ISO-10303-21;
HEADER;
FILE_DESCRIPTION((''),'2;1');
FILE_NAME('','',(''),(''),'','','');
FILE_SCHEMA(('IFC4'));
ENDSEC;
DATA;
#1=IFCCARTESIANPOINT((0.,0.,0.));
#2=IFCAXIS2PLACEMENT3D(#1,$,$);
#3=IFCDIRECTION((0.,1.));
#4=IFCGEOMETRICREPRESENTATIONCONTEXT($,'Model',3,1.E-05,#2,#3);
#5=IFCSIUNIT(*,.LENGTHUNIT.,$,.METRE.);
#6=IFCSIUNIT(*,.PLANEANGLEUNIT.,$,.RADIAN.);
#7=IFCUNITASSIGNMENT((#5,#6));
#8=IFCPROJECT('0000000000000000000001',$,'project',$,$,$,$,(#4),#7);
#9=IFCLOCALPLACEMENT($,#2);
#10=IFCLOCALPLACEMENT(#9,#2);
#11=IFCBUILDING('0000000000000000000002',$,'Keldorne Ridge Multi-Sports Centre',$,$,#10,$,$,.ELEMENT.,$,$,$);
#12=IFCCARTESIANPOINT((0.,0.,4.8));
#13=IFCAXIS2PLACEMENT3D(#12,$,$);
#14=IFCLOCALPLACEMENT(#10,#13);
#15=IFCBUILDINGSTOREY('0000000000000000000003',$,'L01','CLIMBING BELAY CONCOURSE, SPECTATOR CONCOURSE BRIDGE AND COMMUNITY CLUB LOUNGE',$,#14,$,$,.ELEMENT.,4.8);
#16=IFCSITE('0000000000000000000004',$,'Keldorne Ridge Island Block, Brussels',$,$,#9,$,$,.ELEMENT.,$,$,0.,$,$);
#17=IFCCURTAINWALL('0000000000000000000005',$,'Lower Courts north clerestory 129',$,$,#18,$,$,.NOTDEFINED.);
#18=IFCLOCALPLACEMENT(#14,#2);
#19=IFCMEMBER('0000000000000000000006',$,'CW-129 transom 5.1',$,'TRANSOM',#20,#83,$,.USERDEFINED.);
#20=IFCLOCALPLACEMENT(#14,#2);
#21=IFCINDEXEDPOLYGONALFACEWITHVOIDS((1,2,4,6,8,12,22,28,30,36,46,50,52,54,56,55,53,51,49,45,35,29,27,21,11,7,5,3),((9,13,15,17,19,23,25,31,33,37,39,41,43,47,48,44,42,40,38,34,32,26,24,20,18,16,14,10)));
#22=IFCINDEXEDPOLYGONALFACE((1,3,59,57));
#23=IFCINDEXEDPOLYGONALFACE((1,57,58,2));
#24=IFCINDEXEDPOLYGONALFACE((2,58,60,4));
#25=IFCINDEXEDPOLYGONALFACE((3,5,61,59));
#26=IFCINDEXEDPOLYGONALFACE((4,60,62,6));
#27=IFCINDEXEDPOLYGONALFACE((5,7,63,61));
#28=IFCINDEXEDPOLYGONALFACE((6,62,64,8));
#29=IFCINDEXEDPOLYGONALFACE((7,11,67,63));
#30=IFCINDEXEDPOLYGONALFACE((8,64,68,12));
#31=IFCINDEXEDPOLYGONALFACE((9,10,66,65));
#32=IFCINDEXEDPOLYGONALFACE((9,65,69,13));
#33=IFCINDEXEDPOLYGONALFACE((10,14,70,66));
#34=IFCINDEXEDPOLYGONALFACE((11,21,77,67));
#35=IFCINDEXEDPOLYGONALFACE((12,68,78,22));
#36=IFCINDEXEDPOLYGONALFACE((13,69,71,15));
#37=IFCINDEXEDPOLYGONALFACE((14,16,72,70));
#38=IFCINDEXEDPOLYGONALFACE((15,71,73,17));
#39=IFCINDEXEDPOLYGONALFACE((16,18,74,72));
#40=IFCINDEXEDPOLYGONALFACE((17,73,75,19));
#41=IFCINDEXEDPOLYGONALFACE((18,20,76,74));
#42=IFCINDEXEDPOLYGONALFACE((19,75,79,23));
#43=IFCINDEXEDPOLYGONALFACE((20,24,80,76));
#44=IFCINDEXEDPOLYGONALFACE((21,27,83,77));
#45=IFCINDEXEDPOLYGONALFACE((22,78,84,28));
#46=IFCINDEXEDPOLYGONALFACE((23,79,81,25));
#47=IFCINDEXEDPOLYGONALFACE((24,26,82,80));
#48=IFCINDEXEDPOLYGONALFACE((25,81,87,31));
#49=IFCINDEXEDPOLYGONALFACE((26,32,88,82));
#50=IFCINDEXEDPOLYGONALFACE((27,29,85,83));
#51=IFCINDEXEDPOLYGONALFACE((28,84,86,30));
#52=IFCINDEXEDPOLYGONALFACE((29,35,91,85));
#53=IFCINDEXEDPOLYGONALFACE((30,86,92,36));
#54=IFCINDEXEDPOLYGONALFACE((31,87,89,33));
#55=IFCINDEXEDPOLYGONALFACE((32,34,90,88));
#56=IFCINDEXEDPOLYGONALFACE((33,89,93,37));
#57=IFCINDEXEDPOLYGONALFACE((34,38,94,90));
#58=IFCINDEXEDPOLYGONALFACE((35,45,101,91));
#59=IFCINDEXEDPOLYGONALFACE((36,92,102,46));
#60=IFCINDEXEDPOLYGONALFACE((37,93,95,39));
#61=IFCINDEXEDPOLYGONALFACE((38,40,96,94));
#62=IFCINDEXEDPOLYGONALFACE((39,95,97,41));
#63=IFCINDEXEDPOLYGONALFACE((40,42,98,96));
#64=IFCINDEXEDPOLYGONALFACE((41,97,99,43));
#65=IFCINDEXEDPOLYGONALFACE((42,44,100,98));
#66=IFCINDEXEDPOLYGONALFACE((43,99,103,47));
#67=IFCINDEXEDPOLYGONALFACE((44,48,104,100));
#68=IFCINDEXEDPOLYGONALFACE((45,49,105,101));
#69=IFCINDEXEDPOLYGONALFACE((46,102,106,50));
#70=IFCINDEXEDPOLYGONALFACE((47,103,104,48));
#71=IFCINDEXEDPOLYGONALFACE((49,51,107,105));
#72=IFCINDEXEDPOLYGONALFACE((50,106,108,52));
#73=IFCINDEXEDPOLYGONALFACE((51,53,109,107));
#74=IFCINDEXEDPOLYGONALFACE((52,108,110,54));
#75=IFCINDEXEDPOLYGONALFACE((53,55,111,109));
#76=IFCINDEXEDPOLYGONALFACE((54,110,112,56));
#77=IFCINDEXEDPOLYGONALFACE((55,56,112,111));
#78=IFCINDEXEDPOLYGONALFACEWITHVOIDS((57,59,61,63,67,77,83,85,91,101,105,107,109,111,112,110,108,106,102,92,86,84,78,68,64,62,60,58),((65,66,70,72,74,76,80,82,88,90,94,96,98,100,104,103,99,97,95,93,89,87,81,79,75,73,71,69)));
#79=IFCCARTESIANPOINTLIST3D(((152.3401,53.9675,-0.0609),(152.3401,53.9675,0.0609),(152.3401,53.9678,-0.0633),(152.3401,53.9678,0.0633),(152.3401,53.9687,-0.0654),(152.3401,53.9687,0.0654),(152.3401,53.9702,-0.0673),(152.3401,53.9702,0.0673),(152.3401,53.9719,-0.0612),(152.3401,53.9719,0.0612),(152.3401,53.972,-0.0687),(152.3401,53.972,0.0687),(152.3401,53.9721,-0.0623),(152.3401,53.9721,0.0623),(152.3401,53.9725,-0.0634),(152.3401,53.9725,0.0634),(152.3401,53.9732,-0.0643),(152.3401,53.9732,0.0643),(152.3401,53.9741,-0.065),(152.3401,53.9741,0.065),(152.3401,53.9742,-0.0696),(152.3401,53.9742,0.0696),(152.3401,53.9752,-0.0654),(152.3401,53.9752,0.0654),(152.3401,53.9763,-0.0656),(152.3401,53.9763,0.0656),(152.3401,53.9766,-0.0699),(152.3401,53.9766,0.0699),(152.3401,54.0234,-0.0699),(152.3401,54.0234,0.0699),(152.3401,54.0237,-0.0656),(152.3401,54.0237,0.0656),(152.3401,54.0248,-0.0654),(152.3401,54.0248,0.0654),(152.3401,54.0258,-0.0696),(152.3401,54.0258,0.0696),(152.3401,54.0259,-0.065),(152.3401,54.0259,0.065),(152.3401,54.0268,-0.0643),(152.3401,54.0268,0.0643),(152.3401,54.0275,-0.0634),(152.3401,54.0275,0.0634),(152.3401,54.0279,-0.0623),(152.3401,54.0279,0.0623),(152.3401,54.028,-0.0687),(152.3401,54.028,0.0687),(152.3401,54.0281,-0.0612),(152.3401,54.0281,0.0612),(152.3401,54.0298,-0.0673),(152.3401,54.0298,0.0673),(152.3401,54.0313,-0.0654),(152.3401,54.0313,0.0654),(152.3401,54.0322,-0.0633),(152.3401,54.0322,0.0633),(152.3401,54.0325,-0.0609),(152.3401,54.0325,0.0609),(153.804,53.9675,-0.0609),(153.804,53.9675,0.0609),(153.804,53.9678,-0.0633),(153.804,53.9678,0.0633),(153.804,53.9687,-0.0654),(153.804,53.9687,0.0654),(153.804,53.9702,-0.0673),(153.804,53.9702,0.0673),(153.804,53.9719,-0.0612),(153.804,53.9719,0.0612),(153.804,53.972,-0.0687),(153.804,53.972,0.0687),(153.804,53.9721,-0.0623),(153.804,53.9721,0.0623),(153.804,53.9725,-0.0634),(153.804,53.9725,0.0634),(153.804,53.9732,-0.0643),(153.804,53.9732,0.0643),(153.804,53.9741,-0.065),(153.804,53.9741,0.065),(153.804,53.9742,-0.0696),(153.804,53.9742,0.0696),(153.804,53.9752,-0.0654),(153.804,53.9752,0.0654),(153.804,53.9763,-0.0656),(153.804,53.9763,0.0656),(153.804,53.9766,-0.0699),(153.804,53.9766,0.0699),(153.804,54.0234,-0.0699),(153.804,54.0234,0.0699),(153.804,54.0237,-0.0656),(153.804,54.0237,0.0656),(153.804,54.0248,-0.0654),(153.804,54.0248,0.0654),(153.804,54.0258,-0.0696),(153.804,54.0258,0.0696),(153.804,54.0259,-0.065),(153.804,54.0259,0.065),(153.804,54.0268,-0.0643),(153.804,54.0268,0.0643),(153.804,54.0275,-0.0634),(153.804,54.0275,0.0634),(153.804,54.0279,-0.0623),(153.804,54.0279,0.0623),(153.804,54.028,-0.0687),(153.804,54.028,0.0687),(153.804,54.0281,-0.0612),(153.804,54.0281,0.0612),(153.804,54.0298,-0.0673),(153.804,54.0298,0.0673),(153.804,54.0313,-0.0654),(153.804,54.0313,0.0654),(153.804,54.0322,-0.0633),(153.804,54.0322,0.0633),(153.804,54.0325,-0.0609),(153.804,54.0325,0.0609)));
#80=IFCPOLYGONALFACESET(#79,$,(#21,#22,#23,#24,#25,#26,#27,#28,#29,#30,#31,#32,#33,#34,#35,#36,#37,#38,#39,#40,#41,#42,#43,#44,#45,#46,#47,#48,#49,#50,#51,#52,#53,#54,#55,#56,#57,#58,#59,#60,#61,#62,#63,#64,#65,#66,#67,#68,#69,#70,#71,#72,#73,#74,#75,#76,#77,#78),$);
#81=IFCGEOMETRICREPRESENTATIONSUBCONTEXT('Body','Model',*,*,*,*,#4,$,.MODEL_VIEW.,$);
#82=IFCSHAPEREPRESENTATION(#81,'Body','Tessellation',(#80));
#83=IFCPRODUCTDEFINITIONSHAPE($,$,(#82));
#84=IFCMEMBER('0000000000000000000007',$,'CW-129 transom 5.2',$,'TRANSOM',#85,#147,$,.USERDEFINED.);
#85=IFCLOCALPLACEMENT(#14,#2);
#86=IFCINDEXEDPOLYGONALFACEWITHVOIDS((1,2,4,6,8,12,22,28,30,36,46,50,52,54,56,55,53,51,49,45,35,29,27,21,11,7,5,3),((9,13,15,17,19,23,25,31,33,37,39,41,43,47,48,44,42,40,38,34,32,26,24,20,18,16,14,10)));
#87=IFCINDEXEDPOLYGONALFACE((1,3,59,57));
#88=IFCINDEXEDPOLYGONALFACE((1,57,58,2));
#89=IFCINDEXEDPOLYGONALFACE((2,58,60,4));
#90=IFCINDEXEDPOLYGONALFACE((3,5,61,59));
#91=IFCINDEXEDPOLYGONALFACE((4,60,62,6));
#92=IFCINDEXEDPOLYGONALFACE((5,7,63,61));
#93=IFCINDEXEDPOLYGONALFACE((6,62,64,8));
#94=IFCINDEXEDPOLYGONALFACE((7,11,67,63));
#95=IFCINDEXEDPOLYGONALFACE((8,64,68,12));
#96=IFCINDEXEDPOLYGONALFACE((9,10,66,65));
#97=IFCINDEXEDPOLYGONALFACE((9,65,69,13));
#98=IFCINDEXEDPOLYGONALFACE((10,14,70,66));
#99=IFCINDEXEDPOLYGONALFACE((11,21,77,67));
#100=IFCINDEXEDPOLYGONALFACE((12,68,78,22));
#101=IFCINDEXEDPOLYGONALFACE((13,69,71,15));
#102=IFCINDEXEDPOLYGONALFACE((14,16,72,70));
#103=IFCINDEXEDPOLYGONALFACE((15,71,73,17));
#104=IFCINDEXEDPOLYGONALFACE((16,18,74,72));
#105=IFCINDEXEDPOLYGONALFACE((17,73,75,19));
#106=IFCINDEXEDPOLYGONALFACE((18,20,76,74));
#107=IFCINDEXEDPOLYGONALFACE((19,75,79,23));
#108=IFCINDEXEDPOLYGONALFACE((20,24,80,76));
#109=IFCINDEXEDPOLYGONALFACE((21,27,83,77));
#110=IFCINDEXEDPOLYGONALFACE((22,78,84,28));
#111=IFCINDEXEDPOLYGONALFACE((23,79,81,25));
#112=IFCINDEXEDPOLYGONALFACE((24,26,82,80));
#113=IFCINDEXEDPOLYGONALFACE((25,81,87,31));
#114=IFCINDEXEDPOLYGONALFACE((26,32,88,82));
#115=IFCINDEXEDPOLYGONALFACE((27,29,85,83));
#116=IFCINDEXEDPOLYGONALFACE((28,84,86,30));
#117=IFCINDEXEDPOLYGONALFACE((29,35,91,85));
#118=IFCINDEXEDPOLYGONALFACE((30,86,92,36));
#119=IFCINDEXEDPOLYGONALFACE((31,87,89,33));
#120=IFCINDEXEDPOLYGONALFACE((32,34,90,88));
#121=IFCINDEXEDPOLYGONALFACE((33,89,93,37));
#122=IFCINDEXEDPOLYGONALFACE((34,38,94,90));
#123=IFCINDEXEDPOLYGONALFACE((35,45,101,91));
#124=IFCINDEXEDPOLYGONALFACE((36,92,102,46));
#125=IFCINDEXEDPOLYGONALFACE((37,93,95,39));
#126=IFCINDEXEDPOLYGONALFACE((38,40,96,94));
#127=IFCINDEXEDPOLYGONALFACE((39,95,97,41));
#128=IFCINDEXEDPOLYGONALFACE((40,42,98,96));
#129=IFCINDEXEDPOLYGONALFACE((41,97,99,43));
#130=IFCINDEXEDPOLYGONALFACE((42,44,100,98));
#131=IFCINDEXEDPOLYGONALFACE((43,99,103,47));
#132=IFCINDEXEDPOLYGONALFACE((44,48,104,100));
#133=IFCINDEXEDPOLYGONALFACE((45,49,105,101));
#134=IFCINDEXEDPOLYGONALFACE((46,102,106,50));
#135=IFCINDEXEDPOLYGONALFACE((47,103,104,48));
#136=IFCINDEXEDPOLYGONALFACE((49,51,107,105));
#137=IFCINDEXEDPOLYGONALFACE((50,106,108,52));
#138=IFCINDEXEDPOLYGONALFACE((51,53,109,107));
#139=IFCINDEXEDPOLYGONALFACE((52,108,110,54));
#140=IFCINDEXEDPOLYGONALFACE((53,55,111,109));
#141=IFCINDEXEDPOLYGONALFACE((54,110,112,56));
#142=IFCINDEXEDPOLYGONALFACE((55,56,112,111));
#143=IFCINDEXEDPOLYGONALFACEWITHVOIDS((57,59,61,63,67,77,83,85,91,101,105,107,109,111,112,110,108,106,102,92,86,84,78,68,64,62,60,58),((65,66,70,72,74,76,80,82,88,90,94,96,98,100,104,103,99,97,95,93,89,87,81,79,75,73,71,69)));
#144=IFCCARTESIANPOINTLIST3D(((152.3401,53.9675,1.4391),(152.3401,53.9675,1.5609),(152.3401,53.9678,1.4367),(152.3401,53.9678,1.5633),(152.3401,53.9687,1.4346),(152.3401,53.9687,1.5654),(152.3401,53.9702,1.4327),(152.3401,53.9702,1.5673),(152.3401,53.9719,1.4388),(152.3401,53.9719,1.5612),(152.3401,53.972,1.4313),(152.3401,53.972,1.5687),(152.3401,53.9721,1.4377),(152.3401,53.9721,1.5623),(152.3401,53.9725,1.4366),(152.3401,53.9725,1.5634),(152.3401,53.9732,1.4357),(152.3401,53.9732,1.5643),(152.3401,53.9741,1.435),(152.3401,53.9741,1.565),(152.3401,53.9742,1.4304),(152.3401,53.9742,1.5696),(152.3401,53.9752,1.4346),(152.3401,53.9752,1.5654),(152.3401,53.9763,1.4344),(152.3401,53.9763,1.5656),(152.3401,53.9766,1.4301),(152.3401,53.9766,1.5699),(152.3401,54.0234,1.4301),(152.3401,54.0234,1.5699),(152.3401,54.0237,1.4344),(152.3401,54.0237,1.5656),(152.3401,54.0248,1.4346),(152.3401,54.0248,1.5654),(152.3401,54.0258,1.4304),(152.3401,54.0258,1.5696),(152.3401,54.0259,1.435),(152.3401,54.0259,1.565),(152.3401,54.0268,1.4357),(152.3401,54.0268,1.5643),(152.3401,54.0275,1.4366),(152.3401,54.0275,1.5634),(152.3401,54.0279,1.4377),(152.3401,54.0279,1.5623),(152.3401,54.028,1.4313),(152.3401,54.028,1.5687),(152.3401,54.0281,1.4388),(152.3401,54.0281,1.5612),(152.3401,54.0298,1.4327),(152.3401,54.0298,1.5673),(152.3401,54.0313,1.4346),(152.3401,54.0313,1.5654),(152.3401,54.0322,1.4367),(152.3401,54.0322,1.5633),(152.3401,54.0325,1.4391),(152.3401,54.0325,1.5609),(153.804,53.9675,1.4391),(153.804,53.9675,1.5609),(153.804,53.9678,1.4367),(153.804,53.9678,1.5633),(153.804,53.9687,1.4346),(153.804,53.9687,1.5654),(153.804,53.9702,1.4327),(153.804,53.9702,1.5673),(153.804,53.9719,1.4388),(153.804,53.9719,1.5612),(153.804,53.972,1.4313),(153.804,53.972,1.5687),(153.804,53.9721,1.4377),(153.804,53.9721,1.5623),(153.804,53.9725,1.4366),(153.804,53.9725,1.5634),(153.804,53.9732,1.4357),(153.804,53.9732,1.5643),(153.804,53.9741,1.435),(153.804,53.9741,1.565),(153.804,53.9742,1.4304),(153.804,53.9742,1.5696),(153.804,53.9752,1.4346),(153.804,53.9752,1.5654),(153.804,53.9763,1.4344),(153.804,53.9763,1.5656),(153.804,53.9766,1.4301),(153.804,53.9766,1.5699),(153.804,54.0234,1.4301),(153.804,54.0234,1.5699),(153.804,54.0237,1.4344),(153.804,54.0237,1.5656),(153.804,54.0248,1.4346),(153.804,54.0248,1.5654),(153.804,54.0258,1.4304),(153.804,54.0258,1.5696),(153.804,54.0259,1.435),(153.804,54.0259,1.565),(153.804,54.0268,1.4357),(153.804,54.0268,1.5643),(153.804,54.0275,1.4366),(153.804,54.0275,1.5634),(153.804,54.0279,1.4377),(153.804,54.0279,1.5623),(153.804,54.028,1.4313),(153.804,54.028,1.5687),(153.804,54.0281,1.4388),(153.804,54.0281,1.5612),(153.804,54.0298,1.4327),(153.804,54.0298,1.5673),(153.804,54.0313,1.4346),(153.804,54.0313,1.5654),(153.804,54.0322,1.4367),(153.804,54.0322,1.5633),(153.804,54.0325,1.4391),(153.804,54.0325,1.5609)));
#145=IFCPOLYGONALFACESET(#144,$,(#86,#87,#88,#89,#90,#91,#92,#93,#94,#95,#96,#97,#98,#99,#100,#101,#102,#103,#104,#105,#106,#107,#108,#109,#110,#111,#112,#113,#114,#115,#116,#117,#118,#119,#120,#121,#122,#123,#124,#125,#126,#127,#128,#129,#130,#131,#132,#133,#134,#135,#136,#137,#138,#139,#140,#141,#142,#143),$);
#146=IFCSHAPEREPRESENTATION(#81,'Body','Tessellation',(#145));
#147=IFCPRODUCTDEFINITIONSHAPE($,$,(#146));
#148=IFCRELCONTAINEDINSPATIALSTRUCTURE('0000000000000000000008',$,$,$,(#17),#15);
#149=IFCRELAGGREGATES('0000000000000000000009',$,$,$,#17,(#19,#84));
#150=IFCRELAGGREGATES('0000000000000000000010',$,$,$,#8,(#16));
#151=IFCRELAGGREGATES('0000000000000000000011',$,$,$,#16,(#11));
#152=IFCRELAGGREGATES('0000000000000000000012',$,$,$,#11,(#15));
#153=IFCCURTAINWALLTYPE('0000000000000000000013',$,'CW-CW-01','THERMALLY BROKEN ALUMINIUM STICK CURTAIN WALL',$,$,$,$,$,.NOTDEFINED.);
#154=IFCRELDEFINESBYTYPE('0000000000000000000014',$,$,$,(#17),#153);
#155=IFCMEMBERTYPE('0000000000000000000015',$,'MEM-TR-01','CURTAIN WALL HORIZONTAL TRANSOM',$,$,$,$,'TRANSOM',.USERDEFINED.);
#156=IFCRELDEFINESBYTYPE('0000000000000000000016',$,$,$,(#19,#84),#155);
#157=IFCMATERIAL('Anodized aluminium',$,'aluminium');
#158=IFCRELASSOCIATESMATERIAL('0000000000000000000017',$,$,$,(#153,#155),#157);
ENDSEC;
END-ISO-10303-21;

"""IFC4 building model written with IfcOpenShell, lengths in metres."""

from ifc_helpers import new_model, si_unit, direction, frame, origin, origin_2d, place, context, subcontext, project, spatial, hollow_rectangle, extrude, material, material_profile, profile_set, type_object, element, aggregate, save


model = new_model("IFC4")

# Units and contexts
model_context = context("Model", 3, precision=1e-05, world=origin(), true_north=direction((0.0, 1.0)))
body_context = subcontext(model_context, "Body", "Model", "MODEL_VIEW")
ifc_project = project(units=[si_unit("LENGTHUNIT", "METRE"), si_unit("PLANEANGLEUNIT", "RADIAN")], contexts=[model_context])

# Site, building, storey
site_placement = place(None, origin())
site = spatial("IfcSite", under=ifc_project, at=site_placement, Name="Keldorne Ridge Island Block, Brussels", CompositionType="ELEMENT", RefElevation=0.0)
building_placement = place(site_placement, origin())
building = spatial("IfcBuilding", under=site, at=building_placement, Name="Keldorne Ridge Multi-Sports Centre", CompositionType="ELEMENT")
storey_placement = place(building_placement, frame((0.0, 0.0, 4.8)))
storey = spatial("IfcBuildingStorey", under=building, at=storey_placement, Name="L01", Description="CLIMBING BELAY CONCOURSE, SPECTATOR CONCOURSE BRIDGE AND COMMUNITY CLUB LOUNGE", CompositionType="ELEMENT", Elevation=4.8)

# Shared definitions
ifc_material_1 = material(Name="Anodized aluminium", Category="aluminium")

# Curtain wall
curtain_wall_type_1 = type_object("IfcCurtainWallType", Name="CW-CW-01", Description="THERMALLY BROKEN ALUMINIUM STICK CURTAIN WALL", PredefinedType="NOTDEFINED", material=ifc_material_1)
curtain_wall_1_placement = place(storey_placement, origin())
curtain_wall_1 = element("IfcCurtainWall", 1, at=curtain_wall_1_placement, inside=storey, type_object=curtain_wall_type_1, Name="Lower Courts north clerestory 129", PredefinedType="NOTDEFINED")

# Members
ifc_material_profile_1 = material_profile(ifc_material_1, hollow_rectangle(XDim=0.0649, YDim=0.1399, WallThickness=0.0044, InnerFilletRadius=0.0044, OuterFilletRadius=0.009, at=origin_2d()), Name="ALU TRANSOM 140x65x4.5")
ifc_profile_set_1 = profile_set([ifc_material_profile_1], Name="Anodized aluminium")
member_type_1 = type_object("IfcMemberType", Name="MEM-TR-01", Description="CURTAIN WALL HORIZONTAL TRANSOM", ElementType="TRANSOM", PredefinedType="USERDEFINED", material=ifc_profile_set_1)
member_1_placement = place(storey_placement, frame((153.804, 54.0, 0.0), z_axis=(-1.0, 0.0, 0.0), x_axis=(0.0, -1.0, 0.0)))
member_1 = element("IfcMember", 2, at=member_1_placement, type_object=member_type_1, Name="CW-129 transom 5.1", ObjectType="TRANSOM", PredefinedType="USERDEFINED", context=body_context, shape_type="SweptSolid", body=[
    extrude(hollow_rectangle(XDim=0.0649, YDim=0.1399, WallThickness=0.0044, InnerFilletRadius=0.0044, OuterFilletRadius=0.009, at=origin_2d()), origin(), (0.0, 0.0, 1.0), 1.4639),
])
member_2_placement = place(storey_placement, frame((153.804, 54.0, 1.5), z_axis=(-1.0, 0.0, 0.0), x_axis=(0.0, -1.0, 0.0)))
member_2 = element("IfcMember", 3, at=member_2_placement, type_object=member_type_1, Name="CW-129 transom 5.2", ObjectType="TRANSOM", PredefinedType="USERDEFINED", context=body_context, shape_type="SweptSolid", body=[
    extrude(hollow_rectangle(XDim=0.0649, YDim=0.1399, WallThickness=0.0044, InnerFilletRadius=0.0044, OuterFilletRadius=0.009, at=origin_2d()), origin(), (0.0, 0.0, 1.0), 1.4639),
])

aggregate(curtain_wall_1, [member_1, member_2])

save(model, "model.ifc")
